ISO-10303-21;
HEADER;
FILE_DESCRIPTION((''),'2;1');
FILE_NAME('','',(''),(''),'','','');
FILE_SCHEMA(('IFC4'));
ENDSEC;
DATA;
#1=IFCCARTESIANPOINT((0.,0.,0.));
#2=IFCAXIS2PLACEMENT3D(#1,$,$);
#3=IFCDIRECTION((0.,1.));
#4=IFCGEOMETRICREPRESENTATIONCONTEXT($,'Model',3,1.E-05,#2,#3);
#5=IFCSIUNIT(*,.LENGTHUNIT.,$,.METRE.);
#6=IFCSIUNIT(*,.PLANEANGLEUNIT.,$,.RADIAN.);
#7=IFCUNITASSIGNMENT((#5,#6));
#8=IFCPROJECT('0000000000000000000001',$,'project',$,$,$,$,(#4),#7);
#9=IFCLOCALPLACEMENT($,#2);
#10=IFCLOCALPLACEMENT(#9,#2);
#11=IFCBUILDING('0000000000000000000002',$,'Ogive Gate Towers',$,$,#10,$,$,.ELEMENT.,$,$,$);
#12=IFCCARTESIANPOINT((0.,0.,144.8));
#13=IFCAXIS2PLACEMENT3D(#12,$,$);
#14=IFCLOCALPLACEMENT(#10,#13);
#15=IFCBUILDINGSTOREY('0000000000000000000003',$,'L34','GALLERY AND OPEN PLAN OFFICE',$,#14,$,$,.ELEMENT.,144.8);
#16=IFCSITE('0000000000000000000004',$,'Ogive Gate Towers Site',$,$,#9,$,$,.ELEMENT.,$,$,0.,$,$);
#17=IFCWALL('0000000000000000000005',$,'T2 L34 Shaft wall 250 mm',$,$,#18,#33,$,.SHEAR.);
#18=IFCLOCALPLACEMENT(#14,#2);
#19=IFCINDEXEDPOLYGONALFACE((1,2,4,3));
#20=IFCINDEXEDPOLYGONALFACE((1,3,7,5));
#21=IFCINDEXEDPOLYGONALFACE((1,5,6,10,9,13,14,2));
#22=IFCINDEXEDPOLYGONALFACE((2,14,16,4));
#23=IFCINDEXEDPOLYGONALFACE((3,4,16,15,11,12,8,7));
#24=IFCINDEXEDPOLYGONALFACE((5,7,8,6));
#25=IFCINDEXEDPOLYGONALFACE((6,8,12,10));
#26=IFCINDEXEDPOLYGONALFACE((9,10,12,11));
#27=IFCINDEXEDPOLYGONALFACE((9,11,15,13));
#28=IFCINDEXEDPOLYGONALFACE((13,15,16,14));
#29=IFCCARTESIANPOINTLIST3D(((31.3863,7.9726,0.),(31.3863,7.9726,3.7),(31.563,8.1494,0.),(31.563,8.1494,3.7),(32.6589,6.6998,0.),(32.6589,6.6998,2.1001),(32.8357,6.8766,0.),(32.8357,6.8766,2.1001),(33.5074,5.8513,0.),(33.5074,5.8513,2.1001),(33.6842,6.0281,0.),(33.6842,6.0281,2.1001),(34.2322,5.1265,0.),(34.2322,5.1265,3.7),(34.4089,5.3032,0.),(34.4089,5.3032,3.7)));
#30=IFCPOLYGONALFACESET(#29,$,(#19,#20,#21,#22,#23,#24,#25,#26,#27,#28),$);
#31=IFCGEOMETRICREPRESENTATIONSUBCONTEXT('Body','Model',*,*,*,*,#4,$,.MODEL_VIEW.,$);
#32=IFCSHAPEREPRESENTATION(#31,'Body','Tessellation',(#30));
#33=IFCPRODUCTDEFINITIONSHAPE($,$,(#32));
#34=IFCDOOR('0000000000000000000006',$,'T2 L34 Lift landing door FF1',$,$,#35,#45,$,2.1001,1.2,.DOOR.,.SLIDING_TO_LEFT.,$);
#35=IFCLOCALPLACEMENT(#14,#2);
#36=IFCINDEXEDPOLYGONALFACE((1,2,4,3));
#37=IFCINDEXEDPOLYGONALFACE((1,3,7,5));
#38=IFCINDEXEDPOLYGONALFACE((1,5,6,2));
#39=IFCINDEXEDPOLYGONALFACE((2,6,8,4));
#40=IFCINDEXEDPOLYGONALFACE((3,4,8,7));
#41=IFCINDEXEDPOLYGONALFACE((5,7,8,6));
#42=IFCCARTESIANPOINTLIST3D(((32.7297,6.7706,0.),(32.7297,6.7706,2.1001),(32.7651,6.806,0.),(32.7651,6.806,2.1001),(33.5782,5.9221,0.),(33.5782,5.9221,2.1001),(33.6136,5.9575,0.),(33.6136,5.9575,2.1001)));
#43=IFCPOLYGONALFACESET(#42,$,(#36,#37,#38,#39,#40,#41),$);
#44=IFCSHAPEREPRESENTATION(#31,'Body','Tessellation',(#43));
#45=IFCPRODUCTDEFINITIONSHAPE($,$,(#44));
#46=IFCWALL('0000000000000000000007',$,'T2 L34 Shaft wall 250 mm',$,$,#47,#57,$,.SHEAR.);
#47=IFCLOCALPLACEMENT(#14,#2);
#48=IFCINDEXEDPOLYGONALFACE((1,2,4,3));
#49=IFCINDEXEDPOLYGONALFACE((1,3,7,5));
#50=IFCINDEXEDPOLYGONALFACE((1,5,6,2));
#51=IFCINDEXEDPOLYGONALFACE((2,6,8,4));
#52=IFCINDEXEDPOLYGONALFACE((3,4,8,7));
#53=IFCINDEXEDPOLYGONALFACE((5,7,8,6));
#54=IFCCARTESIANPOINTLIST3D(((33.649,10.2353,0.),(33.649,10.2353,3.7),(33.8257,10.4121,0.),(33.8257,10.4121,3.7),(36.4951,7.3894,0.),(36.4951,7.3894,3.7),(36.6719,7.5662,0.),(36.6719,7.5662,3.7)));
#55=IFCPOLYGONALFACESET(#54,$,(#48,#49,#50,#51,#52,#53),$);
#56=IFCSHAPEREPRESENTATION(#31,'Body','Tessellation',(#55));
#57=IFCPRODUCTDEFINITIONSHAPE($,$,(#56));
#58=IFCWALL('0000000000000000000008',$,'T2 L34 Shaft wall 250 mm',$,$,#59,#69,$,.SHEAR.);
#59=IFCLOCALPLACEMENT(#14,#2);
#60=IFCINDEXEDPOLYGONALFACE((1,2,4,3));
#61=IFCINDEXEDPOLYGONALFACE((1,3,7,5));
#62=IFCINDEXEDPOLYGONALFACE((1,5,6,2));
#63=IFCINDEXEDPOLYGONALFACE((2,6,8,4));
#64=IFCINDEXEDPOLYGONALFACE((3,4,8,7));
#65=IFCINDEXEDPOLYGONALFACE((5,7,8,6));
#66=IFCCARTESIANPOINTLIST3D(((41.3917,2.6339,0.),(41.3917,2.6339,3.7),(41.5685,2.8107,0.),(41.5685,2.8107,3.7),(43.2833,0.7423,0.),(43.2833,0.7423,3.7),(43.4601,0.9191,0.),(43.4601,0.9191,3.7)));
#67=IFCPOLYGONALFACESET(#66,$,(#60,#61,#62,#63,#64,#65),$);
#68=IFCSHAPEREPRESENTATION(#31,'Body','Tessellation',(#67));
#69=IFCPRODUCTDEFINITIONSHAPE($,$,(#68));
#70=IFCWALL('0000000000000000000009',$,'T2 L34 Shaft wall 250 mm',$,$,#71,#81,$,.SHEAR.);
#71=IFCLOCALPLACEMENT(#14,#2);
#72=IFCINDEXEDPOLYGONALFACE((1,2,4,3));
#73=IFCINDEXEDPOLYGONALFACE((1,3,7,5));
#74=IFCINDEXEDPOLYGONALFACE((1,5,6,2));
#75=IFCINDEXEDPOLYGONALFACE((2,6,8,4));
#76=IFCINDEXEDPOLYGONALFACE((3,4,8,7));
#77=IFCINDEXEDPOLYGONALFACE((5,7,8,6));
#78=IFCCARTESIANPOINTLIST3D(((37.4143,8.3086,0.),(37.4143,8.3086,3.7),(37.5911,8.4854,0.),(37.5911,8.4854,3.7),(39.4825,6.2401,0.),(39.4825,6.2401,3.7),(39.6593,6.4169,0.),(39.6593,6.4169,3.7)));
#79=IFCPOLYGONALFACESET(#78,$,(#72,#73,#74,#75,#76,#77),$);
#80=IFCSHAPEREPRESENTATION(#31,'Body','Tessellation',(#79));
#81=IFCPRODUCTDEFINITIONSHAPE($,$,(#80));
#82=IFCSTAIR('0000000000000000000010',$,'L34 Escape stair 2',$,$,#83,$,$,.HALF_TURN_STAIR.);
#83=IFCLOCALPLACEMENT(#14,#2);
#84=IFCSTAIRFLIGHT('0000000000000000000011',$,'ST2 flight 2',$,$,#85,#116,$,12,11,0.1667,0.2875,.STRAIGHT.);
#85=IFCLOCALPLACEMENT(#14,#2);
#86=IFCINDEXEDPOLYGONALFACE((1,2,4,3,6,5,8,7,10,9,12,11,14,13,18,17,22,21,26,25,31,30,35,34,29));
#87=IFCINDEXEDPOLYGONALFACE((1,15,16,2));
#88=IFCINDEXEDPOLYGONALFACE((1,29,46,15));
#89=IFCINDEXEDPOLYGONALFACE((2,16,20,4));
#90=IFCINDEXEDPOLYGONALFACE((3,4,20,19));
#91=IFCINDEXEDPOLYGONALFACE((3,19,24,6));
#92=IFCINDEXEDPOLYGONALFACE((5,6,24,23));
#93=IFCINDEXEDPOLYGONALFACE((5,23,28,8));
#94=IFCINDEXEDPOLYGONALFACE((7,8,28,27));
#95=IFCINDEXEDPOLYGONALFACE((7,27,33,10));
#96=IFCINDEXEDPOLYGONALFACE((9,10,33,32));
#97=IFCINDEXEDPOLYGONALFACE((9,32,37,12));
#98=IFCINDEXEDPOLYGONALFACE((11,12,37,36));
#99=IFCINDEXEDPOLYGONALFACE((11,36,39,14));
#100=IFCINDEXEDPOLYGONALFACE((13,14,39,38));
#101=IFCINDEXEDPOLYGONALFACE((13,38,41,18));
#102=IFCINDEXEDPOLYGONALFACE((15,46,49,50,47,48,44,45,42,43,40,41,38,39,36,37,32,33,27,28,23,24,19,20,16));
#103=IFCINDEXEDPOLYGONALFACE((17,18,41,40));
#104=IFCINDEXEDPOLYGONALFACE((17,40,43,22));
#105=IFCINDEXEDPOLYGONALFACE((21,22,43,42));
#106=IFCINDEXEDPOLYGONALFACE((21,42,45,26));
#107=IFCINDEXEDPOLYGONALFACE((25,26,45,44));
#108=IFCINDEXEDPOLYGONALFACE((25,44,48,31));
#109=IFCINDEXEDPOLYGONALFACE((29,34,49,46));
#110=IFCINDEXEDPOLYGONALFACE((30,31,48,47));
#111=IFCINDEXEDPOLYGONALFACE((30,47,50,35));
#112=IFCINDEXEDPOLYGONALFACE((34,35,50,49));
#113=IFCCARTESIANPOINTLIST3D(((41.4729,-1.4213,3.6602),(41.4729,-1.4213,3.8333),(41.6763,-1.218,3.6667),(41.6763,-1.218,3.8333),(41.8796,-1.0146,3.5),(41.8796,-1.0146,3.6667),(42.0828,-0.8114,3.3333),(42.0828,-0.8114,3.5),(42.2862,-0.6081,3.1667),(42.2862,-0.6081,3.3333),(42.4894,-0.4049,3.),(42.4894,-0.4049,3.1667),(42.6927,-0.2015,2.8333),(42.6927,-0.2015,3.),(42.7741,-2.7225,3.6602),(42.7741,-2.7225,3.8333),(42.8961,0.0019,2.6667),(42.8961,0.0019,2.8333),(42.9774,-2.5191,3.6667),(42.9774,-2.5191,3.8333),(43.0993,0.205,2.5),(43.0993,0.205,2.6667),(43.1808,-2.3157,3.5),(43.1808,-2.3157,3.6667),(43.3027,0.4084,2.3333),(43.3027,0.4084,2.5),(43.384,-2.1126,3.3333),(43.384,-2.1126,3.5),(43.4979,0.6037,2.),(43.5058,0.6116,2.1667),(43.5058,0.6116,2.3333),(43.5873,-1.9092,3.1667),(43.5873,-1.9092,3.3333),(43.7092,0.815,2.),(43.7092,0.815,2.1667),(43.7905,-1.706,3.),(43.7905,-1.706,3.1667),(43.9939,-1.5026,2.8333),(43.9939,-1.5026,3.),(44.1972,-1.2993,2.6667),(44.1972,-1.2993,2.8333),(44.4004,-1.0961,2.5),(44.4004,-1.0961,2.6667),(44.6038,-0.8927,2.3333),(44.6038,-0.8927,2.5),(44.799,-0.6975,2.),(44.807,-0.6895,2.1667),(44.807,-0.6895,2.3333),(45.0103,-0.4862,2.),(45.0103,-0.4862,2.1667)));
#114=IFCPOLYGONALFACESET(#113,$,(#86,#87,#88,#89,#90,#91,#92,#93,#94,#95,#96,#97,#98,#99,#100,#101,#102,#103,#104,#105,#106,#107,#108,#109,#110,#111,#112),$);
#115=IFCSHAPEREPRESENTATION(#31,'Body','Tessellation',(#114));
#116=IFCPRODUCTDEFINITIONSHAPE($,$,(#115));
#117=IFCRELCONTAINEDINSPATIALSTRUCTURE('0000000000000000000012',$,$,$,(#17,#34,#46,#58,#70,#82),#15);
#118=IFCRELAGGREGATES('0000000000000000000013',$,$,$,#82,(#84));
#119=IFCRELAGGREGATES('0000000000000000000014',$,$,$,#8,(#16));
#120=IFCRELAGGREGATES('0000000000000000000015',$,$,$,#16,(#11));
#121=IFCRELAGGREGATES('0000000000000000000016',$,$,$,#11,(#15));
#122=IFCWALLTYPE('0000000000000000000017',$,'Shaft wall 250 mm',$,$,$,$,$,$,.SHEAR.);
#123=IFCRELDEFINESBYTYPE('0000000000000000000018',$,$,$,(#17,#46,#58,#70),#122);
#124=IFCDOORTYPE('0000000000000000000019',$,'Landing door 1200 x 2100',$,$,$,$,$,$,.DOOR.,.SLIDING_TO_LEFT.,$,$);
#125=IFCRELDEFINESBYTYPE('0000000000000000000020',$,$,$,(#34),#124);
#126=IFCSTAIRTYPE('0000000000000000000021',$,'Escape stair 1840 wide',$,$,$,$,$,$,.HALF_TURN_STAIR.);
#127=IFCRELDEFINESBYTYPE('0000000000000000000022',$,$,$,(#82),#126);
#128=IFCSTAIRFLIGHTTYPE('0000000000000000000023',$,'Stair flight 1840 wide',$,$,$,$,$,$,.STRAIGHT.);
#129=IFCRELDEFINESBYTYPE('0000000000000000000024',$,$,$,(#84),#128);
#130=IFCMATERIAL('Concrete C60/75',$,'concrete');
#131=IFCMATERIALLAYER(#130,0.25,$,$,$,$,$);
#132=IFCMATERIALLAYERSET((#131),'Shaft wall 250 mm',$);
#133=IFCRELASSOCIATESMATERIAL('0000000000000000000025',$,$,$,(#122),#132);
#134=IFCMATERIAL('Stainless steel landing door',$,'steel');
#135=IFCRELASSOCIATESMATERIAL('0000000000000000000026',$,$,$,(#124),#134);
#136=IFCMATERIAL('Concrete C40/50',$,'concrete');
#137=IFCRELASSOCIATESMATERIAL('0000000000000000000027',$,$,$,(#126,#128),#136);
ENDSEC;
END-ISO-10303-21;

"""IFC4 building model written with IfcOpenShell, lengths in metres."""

from ifc_helpers import new_model, si_unit, direction, frame, frame_2d, origin, place, context, subcontext, project, spatial, polyline, rectangle, outline, extrude, material, layer, layer_set, type_object, element, fill, aggregate, save


model = new_model("IFC4")

# Units and contexts
model_context = context("Model", 3, precision=1e-05, world=origin(), true_north=direction((0.0, 1.0)))
body_context = subcontext(model_context, "Body", "Model", "MODEL_VIEW")
ifc_project = project(units=[si_unit("LENGTHUNIT", "METRE"), si_unit("PLANEANGLEUNIT", "RADIAN")], contexts=[model_context])

# Site, building, storey
site_placement = place(None, origin())
site = spatial("IfcSite", under=ifc_project, at=site_placement, Name="Ogive Gate Towers Site", CompositionType="ELEMENT", RefElevation=0.0)
building_placement = place(site_placement, origin())
building = spatial("IfcBuilding", under=site, at=building_placement, Name="Ogive Gate Towers", CompositionType="ELEMENT")
storey_placement = place(building_placement, frame((0.0, 0.0, 144.8)))
storey = spatial("IfcBuildingStorey", under=building, at=storey_placement, Name="L34", Description="GALLERY AND OPEN PLAN OFFICE", CompositionType="ELEMENT", Elevation=144.8)

# Shared definitions
ifc_material_1 = material(Name="Concrete C60/75", Category="concrete")
ifc_layer_1 = layer(ifc_material_1, 0.25)
ifc_layer_set_1 = layer_set([ifc_layer_1], Name="Shaft wall 250 mm")
wall_type_1 = type_object("IfcWallType", Name="Shaft wall 250 mm", PredefinedType="SHEAR", material=ifc_layer_set_1)

# Wall, opening, door
wall_1_placement = place(storey_placement, frame((34.3206, 5.2148, 0.0), z_axis=(0.0, 0.0, 1.0), x_axis=(-0.707076, 0.707137, 0.0)))
wall_1 = element("IfcWall", 1, at=wall_1_placement, inside=storey, type_object=wall_type_1, Name="T2 L34 Shaft wall 250 mm", PredefinedType="SHEAR", context=body_context, shape_type="SweptSolid", body=[
    extrude(rectangle(XDim=4.0249, YDim=0.25, at=frame_2d((2.0125, 0.0))), origin(), (0.0, 0.0, 1.0), 3.7),
])
opening_1_placement = place(wall_1_placement, frame((1.0249, 0.0, 0.0)))
opening_1 = element("IfcOpeningElement", 2, at=opening_1_placement, cuts=wall_1, PredefinedType="OPENING", context=body_context, shape_type="SweptSolid", body=[
    extrude(rectangle(XDim=1.2, YDim=2.1001, at=frame_2d((0.6001, 1.05))), frame((0.0, 0.135, 0.0), z_axis=(0.0, -1.0, 0.0), x_axis=(1.0, 0.0, 0.0)), (0.0, 0.0, 1.0), 0.27),
])
ifc_material_2 = material(Name="Stainless steel landing door", Category="steel")
door_type_1 = type_object("IfcDoorType", Name="Landing door 1200 x 2100", OperationType="SLIDING_TO_LEFT", PredefinedType="DOOR", material=ifc_material_2)
door_1_placement = place(opening_1_placement, origin())
door_1 = element("IfcDoor", 3, at=door_1_placement, inside=storey, type_object=door_type_1, Name="T2 L34 Lift landing door FF1", OperationType="SLIDING_TO_LEFT", OverallHeight=2.1001, OverallWidth=1.2, PredefinedType="DOOR", context=body_context, shape_type="SweptSolid", body=[
    extrude(rectangle(XDim=1.2, YDim=2.1001, at=frame_2d((0.6001, 1.05))), frame((0.0, 0.0249, 0.0), z_axis=(0.0, -1.0, 0.0), x_axis=(1.0, 0.0, 0.0)), (0.0, 0.0, 1.0), 0.05),
])
fill(opening_1, door_1)

# Walls
wall_2_placement = place(storey_placement, frame((36.5835, 7.4778, 0.0), z_axis=(0.0, 0.0, 1.0), x_axis=(-0.707137, 0.707076, 0.0)))
element("IfcWall", 4, at=wall_2_placement, inside=storey, type_object=wall_type_1, Name="T2 L34 Shaft wall 250 mm", PredefinedType="SHEAR", context=body_context, shape_type="SweptSolid", body=[
    extrude(rectangle(XDim=4.0249, YDim=0.25, at=frame_2d((2.0125, 0.0))), origin(), (0.0, 0.0, 1.0), 3.7),
])
wall_3_placement = place(storey_placement, frame((43.3716, 0.8308, 0.0), z_axis=(0.0, 0.0, 1.0), x_axis=(-0.707107, 0.707107, 0.0)))
element("IfcWall", 5, at=wall_3_placement, inside=storey, type_object=wall_type_1, Name="T2 L34 Shaft wall 250 mm", PredefinedType="SHEAR", context=body_context, shape_type="SweptSolid", body=[
    extrude(rectangle(XDim=2.675, YDim=0.25, at=frame_2d((1.3374, 0.0))), origin(), (0.0, 0.0, 1.0), 3.7),
])
wall_4_placement = place(storey_placement, frame((39.5708, 6.3286, 0.0), z_axis=(0.0, 0.0, 1.0), x_axis=(-0.707065, 0.707149, 0.0)))
element("IfcWall", 6, at=wall_4_placement, inside=storey, type_object=wall_type_1, Name="T2 L34 Shaft wall 250 mm", PredefinedType="SHEAR", context=body_context, shape_type="SweptSolid", body=[
    extrude(rectangle(XDim=2.925, YDim=0.25, at=frame_2d((1.4624, 0.0))), origin(), (0.0, 0.0, 1.0), 3.7),
])

# Stair, stair flight
ifc_material_3 = material(Name="Concrete C40/50", Category="concrete")
stair_type = type_object("IfcStairType", Name="Escape stair 1840 wide", PredefinedType="HALF_TURN_STAIR", material=ifc_material_3)
stair_placement = place(storey_placement, origin())
stair = element("IfcStair", 7, at=stair_placement, inside=storey, type_object=stair_type, Name="L34 Escape stair 2", PredefinedType="HALF_TURN_STAIR")
stair_flight_type = type_object("IfcStairFlightType", Name="Stair flight 1840 wide", PredefinedType="STRAIGHT", material=ifc_material_3)
stair_flight_placement = place(storey_placement, frame((44.3599, 0.1643, 2.0), z_axis=(0.0, 0.0, 1.0), x_axis=(-0.707107, -0.707107, 0.0)))
stair_flight = element("IfcStairFlight", 8, at=stair_flight_placement, type_object=stair_flight_type, Name="ST2 flight 2", NumberOfRisers=12, NumberOfTreads=11, PredefinedType="STRAIGHT", RiserHeight=0.1667, TreadLength=0.2875, context=body_context, shape_type="SweptSolid", body=[
    extrude(outline(polyline([(0.0, 0.0), (0.0, 0.1667), (0.2876, 0.1667), (0.2876, 0.3333), (0.575, 0.3333), (0.575, 0.5), (0.8625, 0.5), (0.8625, 0.6667), (1.1499, 0.6667), (1.1499, 0.8333), (1.4375, 0.8333), (1.4375, 1.0), (1.7251, 1.0), (1.7251, 1.1667), (2.0125, 1.1667), (2.0125, 1.3333), (2.3, 1.3333), (2.3, 1.5), (2.5874, 1.5), (2.5874, 1.6667), (2.875, 1.6667), (2.875, 1.8333), (3.1626, 1.8333), (3.1626, 2.0), (3.1626, 1.6602), (0.2988, 0.0), (0.0, 0.0)])), frame((0.0, 0.9199, 0.0), z_axis=(0.0, -1.0, 0.0), x_axis=(1.0, 0.0, 0.0)), (0.0, 0.0, 1.0), 1.8401),
])
aggregate(stair, [stair_flight])

save(model, "model.ifc")
